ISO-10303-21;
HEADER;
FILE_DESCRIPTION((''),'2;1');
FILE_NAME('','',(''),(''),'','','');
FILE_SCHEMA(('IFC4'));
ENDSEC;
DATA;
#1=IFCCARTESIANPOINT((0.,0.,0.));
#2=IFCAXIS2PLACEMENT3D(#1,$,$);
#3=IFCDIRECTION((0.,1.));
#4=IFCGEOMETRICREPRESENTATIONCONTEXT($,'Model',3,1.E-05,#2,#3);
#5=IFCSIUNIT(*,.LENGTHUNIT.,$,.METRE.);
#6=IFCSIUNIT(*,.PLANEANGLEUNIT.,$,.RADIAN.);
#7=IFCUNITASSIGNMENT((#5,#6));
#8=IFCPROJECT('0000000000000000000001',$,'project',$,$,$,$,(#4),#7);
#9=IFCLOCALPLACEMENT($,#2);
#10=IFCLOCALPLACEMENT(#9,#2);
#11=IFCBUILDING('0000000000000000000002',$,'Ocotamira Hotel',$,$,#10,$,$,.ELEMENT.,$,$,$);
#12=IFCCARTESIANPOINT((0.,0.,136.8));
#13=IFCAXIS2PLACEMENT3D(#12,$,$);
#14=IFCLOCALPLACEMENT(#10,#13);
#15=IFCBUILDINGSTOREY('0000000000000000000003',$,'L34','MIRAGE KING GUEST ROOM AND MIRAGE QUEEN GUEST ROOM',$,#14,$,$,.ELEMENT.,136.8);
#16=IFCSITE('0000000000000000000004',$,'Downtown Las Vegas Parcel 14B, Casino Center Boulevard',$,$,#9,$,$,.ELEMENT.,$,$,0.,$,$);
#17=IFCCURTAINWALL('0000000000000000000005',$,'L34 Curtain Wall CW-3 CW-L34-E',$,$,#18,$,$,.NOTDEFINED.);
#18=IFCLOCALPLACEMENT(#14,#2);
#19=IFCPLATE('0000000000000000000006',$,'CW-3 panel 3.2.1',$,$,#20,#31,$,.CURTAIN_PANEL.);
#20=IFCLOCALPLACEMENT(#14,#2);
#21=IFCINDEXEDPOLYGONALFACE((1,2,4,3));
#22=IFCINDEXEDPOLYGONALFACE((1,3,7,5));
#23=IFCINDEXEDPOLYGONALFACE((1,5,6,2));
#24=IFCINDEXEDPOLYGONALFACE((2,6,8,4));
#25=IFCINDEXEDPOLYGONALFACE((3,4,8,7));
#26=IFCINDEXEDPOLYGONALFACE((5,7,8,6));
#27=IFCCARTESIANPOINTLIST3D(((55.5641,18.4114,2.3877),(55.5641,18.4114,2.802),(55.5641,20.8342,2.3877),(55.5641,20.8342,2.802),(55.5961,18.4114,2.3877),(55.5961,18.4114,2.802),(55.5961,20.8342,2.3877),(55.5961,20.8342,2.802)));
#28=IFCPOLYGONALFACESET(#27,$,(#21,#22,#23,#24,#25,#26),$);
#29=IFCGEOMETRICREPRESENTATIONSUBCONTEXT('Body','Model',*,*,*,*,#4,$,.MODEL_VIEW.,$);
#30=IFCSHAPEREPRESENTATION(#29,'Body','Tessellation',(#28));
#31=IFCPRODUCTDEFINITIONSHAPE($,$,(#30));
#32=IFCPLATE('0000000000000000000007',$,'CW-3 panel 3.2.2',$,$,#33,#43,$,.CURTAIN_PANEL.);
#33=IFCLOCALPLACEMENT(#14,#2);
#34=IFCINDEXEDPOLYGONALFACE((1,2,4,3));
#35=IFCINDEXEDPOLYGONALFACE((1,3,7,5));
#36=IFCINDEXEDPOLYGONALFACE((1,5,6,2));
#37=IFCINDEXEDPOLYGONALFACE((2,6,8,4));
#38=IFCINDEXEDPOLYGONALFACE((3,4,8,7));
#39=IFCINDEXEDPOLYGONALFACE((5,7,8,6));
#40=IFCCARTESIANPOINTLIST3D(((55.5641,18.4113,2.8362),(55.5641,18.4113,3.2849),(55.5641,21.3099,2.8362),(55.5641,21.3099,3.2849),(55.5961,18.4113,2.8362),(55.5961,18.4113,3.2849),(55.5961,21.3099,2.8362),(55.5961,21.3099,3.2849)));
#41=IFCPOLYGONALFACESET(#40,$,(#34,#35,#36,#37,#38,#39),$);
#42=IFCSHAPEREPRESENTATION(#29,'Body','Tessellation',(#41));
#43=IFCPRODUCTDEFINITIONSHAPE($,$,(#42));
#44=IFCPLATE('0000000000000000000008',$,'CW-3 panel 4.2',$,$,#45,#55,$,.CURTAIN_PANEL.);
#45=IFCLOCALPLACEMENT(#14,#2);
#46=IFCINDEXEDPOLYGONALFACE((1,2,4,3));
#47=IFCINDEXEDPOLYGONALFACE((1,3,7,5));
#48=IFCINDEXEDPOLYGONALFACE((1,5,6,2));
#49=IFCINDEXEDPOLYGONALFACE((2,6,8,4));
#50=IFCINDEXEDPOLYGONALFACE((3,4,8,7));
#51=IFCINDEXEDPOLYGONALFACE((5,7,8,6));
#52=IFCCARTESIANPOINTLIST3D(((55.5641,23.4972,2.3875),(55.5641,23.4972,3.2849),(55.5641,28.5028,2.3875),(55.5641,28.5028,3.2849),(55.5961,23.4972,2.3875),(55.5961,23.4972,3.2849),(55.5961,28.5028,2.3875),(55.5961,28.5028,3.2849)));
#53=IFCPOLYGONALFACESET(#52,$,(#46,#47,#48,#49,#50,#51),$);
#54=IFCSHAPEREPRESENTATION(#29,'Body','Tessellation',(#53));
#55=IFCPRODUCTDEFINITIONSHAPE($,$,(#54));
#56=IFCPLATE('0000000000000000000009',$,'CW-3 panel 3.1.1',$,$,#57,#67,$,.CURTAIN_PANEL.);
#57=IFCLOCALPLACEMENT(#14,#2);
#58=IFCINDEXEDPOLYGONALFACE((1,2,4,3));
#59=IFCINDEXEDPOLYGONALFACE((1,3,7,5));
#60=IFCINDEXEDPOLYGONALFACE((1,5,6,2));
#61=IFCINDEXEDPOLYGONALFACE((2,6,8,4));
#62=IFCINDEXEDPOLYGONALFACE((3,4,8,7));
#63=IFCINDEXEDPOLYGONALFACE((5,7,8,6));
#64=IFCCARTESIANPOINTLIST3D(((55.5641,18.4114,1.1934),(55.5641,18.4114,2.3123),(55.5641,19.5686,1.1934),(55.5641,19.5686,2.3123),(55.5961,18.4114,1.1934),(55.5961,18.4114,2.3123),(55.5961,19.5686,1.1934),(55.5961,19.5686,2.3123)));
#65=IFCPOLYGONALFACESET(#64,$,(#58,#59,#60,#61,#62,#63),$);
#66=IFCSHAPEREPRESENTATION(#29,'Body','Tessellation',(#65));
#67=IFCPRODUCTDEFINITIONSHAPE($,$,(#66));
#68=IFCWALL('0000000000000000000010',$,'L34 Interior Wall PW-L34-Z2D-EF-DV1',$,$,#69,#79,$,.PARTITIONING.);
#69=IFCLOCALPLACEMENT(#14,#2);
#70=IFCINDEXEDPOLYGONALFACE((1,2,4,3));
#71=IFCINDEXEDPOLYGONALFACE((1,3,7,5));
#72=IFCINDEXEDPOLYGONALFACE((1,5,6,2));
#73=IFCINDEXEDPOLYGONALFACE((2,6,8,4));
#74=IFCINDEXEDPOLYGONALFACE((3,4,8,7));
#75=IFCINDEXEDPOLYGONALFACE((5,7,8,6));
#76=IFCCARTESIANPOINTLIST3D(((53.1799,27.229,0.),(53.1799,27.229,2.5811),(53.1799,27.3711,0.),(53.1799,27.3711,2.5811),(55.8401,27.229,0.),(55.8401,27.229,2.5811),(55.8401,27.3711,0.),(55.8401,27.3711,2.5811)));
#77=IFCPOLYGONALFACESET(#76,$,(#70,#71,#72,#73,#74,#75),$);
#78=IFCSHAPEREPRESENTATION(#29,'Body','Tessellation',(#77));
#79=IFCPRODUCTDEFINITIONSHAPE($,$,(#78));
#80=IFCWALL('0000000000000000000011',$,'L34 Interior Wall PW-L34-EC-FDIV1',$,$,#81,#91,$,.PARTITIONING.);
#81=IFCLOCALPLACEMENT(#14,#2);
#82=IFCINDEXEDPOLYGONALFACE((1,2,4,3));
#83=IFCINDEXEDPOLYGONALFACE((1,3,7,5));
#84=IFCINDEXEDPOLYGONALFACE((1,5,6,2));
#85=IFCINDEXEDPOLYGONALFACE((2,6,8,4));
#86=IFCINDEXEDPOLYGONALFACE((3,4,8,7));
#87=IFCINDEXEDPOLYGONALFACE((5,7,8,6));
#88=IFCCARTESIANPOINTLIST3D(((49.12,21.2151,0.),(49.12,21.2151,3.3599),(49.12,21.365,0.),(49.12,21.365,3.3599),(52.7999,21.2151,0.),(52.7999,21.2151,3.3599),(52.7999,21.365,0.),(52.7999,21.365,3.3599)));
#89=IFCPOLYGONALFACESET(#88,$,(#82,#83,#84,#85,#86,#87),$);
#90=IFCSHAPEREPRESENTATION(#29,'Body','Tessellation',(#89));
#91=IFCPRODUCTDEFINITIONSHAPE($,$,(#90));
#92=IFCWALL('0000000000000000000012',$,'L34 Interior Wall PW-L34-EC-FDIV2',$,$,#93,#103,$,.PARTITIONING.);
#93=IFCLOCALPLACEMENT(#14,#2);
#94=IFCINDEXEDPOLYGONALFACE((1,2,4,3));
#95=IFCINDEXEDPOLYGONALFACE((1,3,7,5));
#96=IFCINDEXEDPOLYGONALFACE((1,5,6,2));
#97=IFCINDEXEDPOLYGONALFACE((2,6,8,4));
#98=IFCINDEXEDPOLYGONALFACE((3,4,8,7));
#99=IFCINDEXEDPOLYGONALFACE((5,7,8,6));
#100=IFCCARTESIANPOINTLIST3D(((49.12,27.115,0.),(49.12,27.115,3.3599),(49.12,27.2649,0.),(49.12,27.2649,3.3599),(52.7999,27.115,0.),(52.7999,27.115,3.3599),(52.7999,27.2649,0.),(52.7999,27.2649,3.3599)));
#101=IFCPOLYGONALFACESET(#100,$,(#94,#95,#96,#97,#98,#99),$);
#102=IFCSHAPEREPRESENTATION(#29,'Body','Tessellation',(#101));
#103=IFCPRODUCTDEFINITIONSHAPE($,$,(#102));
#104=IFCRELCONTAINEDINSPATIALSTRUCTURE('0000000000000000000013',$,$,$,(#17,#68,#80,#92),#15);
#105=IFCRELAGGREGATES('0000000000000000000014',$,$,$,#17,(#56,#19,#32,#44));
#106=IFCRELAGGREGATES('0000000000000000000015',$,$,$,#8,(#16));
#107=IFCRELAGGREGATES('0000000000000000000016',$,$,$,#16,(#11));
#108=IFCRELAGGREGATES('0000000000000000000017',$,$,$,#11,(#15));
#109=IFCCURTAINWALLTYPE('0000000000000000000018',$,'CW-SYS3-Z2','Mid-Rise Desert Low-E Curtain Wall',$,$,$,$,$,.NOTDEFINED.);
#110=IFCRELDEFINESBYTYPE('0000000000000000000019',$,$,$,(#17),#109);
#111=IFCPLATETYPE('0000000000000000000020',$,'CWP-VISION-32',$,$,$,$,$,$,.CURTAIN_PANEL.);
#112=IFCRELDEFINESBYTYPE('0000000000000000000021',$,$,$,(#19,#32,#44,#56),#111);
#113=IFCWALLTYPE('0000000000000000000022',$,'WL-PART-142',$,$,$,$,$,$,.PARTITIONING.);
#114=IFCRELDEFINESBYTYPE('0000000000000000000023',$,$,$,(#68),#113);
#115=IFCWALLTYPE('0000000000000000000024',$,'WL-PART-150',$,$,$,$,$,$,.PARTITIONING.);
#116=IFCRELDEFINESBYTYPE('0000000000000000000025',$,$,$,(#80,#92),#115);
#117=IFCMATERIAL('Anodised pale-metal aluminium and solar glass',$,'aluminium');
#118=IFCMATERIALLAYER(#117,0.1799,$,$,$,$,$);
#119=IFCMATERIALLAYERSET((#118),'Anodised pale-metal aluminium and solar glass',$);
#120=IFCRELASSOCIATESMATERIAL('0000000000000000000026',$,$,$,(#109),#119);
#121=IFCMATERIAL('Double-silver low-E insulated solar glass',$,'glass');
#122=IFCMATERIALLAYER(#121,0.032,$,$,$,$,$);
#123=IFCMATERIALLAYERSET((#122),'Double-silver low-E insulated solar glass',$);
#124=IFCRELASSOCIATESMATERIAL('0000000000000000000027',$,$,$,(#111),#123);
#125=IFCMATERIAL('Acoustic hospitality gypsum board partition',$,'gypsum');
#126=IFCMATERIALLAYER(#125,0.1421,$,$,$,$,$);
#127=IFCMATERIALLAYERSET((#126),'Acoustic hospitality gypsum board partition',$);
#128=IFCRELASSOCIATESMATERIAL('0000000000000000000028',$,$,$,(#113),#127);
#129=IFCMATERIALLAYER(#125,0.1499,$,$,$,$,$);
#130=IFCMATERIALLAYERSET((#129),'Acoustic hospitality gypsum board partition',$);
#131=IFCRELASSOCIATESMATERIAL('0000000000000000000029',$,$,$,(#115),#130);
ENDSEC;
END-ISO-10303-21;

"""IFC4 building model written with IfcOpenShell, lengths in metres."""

from ifc_helpers import new_model, si_unit, direction, frame, frame_2d, origin, origin_2d, place, context, subcontext, project, spatial, rectangle, extrude, source, transform, mapped, material, layer, layer_set, type_object, element, aggregate, save


model = new_model("IFC4")

# Units and contexts
model_context = context("Model", 3, precision=1e-05, world=origin(), true_north=direction((0.0, 1.0)))
body_context = subcontext(model_context, "Body", "Model", "MODEL_VIEW")
ifc_project = project(units=[si_unit("LENGTHUNIT", "METRE"), si_unit("PLANEANGLEUNIT", "RADIAN")], contexts=[model_context])

# Site, building, storey
site_placement = place(None, origin())
site = spatial("IfcSite", under=ifc_project, at=site_placement, Name="Downtown Las Vegas Parcel 14B, Casino Center Boulevard", CompositionType="ELEMENT", RefElevation=0.0)
building_placement = place(site_placement, origin())
building = spatial("IfcBuilding", under=site, at=building_placement, Name="Ocotamira Hotel", CompositionType="ELEMENT")
storey_placement = place(building_placement, frame((0.0, 0.0, 136.8)))
storey = spatial("IfcBuildingStorey", under=building, at=storey_placement, Name="L34", Description="MIRAGE KING GUEST ROOM AND MIRAGE QUEEN GUEST ROOM", CompositionType="ELEMENT", Elevation=136.8)

# Curtain wall
ifc_material_1 = material(Name="Anodised pale-metal aluminium and solar glass", Category="aluminium")
ifc_layer_1 = layer(ifc_material_1, 0.1799)
ifc_layer_set_1 = layer_set([ifc_layer_1], Name="Anodised pale-metal aluminium and solar glass")
curtain_wall_type = type_object("IfcCurtainWallType", Name="CW-SYS3-Z2", Description="Mid-Rise Desert Low-E Curtain Wall", PredefinedType="NOTDEFINED", material=ifc_layer_set_1)
curtain_wall_placement = place(storey_placement, origin())
curtain_wall = element("IfcCurtainWall", 1, at=curtain_wall_placement, inside=storey, type_object=curtain_wall_type, Name="L34 Curtain Wall CW-3 CW-L34-E", PredefinedType="NOTDEFINED")

# Plates
ifc_material_2 = material(Name="Double-silver low-E insulated solar glass", Category="glass")
ifc_layer_2 = layer(ifc_material_2, 0.032)
ifc_layer_set_2 = layer_set([ifc_layer_2], Name="Double-silver low-E insulated solar glass")
plate_type_1 = type_object("IfcPlateType", Name="CWP-VISION-32", PredefinedType="CURTAIN_PANEL", material=ifc_layer_set_2)
shared_shape_1 = source(origin(), body_context, "Body", "SweptSolid", [
    extrude(rectangle(XDim=2.4229, YDim=0.032, at=origin_2d()), origin(), (0.0, 0.0, 1.0), 0.4143),
])
plate_1_placement = place(storey_placement, frame((55.5801, 19.6228, 2.3877), z_axis=(0.0, 0.0, 1.0), x_axis=(0.0, 1.0, 0.0)))
plate_1 = element("IfcPlate", 2, at=plate_1_placement, type_object=plate_type_1, Name="CW-3 panel 3.2.1", PredefinedType="CURTAIN_PANEL", context=body_context, shape_type="MappedRepresentation", body=[
    mapped(shared_shape_1, transform((0.0, 0.0, 0.0), scale=1.0)),
])
shared_shape_2 = source(origin(), body_context, "Body", "SweptSolid", [
    extrude(rectangle(XDim=2.8987, YDim=0.032, at=origin_2d()), origin(), (0.0, 0.0, 1.0), 0.4487),
])
plate_2_placement = place(storey_placement, frame((55.5801, 19.8606, 2.8362), z_axis=(0.0, 0.0, 1.0), x_axis=(0.0, 1.0, 0.0)))
plate_2 = element("IfcPlate", 3, at=plate_2_placement, type_object=plate_type_1, Name="CW-3 panel 3.2.2", PredefinedType="CURTAIN_PANEL", context=body_context, shape_type="MappedRepresentation", body=[
    mapped(shared_shape_2, transform((0.0, 0.0, 0.0), scale=1.0)),
])
shared_shape_3 = source(origin(), body_context, "Body", "SweptSolid", [
    extrude(rectangle(XDim=5.0056, YDim=0.032, at=origin_2d()), origin(), (0.0, 0.0, 1.0), 0.8975),
])
plate_3_placement = place(storey_placement, frame((55.5801, 26.0, 2.3875), z_axis=(0.0, 0.0, 1.0), x_axis=(0.0, 1.0, 0.0)))
plate_3 = element("IfcPlate", 4, at=plate_3_placement, type_object=plate_type_1, Name="CW-3 panel 4.2", PredefinedType="CURTAIN_PANEL", context=body_context, shape_type="MappedRepresentation", body=[
    mapped(shared_shape_3, transform((0.0, 0.0, 0.0), scale=1.0)),
])
shared_shape_4 = source(origin(), body_context, "Body", "SweptSolid", [
    extrude(rectangle(XDim=1.1572, YDim=0.032, at=origin_2d()), origin(), (0.0, 0.0, 1.0), 1.1189),
])
plate_4_placement = place(storey_placement, frame((55.5801, 18.99, 1.1934), z_axis=(0.0, 0.0, 1.0), x_axis=(0.0, 1.0, 0.0)))
plate_4 = element("IfcPlate", 5, at=plate_4_placement, type_object=plate_type_1, Name="CW-3 panel 3.1.1", PredefinedType="CURTAIN_PANEL", context=body_context, shape_type="MappedRepresentation", body=[
    mapped(shared_shape_4, transform((0.0, 0.0, 0.0), scale=1.0)),
])
aggregate(curtain_wall, [plate_4, plate_1, plate_2, plate_3])

# Walls
ifc_material_3 = material(Name="Acoustic hospitality gypsum board partition", Category="gypsum")
ifc_layer_3 = layer(ifc_material_3, 0.1421)
ifc_layer_set_3 = layer_set([ifc_layer_3], Name="Acoustic hospitality gypsum board partition")
wall_type_1 = type_object("IfcWallType", Name="WL-PART-142", PredefinedType="PARTITIONING", material=ifc_layer_set_3)
wall_placement = place(storey_placement, frame((53.1799, 27.3, 0.0), z_axis=(0.0, 0.0, 1.0), x_axis=(1.0, 0.0, 0.0)))
element("IfcWall", 6, at=wall_placement, inside=storey, type_object=wall_type_1, Name="L34 Interior Wall PW-L34-Z2D-EF-DV1", PredefinedType="PARTITIONING", context=body_context, shape_type="SweptSolid", body=[
    extrude(rectangle(XDim=2.6602, YDim=0.1421, at=frame_2d((1.3301, 0.0))), origin(), (0.0, 0.0, 1.0), 2.5811),
])
ifc_layer_4 = layer(ifc_material_3, 0.1499)
ifc_layer_set_4 = layer_set([ifc_layer_4], Name="Acoustic hospitality gypsum board partition")
wall_type_2 = type_object("IfcWallType", Name="WL-PART-150", PredefinedType="PARTITIONING", material=ifc_layer_set_4)
for number, where, z_axis, x_axis, name in (
    (7, (49.1201, 21.29, 0.0), (0.0, 0.0, 1.0), (1.0, 0.0, 0.0), "L34 Interior Wall PW-L34-EC-FDIV1"),
    (8, (49.1201, 27.1899, 0.0), (0.0, 0.0, 1.0), (1.0, 0.0, 0.0), "L34 Interior Wall PW-L34-EC-FDIV2"),
):
    element("IfcWall", number, at=place(storey_placement, frame(where, z_axis=z_axis, x_axis=x_axis)), inside=storey, type_object=wall_type_2, Name=name, PredefinedType="PARTITIONING", context=body_context, shape_type="SweptSolid", body=[
        extrude(rectangle(XDim=3.6799, YDim=0.1499, at=frame_2d((1.8398, 0.0))), origin(), (0.0, 0.0, 1.0), 3.3599),
    ])

save(model, "model.ifc")
